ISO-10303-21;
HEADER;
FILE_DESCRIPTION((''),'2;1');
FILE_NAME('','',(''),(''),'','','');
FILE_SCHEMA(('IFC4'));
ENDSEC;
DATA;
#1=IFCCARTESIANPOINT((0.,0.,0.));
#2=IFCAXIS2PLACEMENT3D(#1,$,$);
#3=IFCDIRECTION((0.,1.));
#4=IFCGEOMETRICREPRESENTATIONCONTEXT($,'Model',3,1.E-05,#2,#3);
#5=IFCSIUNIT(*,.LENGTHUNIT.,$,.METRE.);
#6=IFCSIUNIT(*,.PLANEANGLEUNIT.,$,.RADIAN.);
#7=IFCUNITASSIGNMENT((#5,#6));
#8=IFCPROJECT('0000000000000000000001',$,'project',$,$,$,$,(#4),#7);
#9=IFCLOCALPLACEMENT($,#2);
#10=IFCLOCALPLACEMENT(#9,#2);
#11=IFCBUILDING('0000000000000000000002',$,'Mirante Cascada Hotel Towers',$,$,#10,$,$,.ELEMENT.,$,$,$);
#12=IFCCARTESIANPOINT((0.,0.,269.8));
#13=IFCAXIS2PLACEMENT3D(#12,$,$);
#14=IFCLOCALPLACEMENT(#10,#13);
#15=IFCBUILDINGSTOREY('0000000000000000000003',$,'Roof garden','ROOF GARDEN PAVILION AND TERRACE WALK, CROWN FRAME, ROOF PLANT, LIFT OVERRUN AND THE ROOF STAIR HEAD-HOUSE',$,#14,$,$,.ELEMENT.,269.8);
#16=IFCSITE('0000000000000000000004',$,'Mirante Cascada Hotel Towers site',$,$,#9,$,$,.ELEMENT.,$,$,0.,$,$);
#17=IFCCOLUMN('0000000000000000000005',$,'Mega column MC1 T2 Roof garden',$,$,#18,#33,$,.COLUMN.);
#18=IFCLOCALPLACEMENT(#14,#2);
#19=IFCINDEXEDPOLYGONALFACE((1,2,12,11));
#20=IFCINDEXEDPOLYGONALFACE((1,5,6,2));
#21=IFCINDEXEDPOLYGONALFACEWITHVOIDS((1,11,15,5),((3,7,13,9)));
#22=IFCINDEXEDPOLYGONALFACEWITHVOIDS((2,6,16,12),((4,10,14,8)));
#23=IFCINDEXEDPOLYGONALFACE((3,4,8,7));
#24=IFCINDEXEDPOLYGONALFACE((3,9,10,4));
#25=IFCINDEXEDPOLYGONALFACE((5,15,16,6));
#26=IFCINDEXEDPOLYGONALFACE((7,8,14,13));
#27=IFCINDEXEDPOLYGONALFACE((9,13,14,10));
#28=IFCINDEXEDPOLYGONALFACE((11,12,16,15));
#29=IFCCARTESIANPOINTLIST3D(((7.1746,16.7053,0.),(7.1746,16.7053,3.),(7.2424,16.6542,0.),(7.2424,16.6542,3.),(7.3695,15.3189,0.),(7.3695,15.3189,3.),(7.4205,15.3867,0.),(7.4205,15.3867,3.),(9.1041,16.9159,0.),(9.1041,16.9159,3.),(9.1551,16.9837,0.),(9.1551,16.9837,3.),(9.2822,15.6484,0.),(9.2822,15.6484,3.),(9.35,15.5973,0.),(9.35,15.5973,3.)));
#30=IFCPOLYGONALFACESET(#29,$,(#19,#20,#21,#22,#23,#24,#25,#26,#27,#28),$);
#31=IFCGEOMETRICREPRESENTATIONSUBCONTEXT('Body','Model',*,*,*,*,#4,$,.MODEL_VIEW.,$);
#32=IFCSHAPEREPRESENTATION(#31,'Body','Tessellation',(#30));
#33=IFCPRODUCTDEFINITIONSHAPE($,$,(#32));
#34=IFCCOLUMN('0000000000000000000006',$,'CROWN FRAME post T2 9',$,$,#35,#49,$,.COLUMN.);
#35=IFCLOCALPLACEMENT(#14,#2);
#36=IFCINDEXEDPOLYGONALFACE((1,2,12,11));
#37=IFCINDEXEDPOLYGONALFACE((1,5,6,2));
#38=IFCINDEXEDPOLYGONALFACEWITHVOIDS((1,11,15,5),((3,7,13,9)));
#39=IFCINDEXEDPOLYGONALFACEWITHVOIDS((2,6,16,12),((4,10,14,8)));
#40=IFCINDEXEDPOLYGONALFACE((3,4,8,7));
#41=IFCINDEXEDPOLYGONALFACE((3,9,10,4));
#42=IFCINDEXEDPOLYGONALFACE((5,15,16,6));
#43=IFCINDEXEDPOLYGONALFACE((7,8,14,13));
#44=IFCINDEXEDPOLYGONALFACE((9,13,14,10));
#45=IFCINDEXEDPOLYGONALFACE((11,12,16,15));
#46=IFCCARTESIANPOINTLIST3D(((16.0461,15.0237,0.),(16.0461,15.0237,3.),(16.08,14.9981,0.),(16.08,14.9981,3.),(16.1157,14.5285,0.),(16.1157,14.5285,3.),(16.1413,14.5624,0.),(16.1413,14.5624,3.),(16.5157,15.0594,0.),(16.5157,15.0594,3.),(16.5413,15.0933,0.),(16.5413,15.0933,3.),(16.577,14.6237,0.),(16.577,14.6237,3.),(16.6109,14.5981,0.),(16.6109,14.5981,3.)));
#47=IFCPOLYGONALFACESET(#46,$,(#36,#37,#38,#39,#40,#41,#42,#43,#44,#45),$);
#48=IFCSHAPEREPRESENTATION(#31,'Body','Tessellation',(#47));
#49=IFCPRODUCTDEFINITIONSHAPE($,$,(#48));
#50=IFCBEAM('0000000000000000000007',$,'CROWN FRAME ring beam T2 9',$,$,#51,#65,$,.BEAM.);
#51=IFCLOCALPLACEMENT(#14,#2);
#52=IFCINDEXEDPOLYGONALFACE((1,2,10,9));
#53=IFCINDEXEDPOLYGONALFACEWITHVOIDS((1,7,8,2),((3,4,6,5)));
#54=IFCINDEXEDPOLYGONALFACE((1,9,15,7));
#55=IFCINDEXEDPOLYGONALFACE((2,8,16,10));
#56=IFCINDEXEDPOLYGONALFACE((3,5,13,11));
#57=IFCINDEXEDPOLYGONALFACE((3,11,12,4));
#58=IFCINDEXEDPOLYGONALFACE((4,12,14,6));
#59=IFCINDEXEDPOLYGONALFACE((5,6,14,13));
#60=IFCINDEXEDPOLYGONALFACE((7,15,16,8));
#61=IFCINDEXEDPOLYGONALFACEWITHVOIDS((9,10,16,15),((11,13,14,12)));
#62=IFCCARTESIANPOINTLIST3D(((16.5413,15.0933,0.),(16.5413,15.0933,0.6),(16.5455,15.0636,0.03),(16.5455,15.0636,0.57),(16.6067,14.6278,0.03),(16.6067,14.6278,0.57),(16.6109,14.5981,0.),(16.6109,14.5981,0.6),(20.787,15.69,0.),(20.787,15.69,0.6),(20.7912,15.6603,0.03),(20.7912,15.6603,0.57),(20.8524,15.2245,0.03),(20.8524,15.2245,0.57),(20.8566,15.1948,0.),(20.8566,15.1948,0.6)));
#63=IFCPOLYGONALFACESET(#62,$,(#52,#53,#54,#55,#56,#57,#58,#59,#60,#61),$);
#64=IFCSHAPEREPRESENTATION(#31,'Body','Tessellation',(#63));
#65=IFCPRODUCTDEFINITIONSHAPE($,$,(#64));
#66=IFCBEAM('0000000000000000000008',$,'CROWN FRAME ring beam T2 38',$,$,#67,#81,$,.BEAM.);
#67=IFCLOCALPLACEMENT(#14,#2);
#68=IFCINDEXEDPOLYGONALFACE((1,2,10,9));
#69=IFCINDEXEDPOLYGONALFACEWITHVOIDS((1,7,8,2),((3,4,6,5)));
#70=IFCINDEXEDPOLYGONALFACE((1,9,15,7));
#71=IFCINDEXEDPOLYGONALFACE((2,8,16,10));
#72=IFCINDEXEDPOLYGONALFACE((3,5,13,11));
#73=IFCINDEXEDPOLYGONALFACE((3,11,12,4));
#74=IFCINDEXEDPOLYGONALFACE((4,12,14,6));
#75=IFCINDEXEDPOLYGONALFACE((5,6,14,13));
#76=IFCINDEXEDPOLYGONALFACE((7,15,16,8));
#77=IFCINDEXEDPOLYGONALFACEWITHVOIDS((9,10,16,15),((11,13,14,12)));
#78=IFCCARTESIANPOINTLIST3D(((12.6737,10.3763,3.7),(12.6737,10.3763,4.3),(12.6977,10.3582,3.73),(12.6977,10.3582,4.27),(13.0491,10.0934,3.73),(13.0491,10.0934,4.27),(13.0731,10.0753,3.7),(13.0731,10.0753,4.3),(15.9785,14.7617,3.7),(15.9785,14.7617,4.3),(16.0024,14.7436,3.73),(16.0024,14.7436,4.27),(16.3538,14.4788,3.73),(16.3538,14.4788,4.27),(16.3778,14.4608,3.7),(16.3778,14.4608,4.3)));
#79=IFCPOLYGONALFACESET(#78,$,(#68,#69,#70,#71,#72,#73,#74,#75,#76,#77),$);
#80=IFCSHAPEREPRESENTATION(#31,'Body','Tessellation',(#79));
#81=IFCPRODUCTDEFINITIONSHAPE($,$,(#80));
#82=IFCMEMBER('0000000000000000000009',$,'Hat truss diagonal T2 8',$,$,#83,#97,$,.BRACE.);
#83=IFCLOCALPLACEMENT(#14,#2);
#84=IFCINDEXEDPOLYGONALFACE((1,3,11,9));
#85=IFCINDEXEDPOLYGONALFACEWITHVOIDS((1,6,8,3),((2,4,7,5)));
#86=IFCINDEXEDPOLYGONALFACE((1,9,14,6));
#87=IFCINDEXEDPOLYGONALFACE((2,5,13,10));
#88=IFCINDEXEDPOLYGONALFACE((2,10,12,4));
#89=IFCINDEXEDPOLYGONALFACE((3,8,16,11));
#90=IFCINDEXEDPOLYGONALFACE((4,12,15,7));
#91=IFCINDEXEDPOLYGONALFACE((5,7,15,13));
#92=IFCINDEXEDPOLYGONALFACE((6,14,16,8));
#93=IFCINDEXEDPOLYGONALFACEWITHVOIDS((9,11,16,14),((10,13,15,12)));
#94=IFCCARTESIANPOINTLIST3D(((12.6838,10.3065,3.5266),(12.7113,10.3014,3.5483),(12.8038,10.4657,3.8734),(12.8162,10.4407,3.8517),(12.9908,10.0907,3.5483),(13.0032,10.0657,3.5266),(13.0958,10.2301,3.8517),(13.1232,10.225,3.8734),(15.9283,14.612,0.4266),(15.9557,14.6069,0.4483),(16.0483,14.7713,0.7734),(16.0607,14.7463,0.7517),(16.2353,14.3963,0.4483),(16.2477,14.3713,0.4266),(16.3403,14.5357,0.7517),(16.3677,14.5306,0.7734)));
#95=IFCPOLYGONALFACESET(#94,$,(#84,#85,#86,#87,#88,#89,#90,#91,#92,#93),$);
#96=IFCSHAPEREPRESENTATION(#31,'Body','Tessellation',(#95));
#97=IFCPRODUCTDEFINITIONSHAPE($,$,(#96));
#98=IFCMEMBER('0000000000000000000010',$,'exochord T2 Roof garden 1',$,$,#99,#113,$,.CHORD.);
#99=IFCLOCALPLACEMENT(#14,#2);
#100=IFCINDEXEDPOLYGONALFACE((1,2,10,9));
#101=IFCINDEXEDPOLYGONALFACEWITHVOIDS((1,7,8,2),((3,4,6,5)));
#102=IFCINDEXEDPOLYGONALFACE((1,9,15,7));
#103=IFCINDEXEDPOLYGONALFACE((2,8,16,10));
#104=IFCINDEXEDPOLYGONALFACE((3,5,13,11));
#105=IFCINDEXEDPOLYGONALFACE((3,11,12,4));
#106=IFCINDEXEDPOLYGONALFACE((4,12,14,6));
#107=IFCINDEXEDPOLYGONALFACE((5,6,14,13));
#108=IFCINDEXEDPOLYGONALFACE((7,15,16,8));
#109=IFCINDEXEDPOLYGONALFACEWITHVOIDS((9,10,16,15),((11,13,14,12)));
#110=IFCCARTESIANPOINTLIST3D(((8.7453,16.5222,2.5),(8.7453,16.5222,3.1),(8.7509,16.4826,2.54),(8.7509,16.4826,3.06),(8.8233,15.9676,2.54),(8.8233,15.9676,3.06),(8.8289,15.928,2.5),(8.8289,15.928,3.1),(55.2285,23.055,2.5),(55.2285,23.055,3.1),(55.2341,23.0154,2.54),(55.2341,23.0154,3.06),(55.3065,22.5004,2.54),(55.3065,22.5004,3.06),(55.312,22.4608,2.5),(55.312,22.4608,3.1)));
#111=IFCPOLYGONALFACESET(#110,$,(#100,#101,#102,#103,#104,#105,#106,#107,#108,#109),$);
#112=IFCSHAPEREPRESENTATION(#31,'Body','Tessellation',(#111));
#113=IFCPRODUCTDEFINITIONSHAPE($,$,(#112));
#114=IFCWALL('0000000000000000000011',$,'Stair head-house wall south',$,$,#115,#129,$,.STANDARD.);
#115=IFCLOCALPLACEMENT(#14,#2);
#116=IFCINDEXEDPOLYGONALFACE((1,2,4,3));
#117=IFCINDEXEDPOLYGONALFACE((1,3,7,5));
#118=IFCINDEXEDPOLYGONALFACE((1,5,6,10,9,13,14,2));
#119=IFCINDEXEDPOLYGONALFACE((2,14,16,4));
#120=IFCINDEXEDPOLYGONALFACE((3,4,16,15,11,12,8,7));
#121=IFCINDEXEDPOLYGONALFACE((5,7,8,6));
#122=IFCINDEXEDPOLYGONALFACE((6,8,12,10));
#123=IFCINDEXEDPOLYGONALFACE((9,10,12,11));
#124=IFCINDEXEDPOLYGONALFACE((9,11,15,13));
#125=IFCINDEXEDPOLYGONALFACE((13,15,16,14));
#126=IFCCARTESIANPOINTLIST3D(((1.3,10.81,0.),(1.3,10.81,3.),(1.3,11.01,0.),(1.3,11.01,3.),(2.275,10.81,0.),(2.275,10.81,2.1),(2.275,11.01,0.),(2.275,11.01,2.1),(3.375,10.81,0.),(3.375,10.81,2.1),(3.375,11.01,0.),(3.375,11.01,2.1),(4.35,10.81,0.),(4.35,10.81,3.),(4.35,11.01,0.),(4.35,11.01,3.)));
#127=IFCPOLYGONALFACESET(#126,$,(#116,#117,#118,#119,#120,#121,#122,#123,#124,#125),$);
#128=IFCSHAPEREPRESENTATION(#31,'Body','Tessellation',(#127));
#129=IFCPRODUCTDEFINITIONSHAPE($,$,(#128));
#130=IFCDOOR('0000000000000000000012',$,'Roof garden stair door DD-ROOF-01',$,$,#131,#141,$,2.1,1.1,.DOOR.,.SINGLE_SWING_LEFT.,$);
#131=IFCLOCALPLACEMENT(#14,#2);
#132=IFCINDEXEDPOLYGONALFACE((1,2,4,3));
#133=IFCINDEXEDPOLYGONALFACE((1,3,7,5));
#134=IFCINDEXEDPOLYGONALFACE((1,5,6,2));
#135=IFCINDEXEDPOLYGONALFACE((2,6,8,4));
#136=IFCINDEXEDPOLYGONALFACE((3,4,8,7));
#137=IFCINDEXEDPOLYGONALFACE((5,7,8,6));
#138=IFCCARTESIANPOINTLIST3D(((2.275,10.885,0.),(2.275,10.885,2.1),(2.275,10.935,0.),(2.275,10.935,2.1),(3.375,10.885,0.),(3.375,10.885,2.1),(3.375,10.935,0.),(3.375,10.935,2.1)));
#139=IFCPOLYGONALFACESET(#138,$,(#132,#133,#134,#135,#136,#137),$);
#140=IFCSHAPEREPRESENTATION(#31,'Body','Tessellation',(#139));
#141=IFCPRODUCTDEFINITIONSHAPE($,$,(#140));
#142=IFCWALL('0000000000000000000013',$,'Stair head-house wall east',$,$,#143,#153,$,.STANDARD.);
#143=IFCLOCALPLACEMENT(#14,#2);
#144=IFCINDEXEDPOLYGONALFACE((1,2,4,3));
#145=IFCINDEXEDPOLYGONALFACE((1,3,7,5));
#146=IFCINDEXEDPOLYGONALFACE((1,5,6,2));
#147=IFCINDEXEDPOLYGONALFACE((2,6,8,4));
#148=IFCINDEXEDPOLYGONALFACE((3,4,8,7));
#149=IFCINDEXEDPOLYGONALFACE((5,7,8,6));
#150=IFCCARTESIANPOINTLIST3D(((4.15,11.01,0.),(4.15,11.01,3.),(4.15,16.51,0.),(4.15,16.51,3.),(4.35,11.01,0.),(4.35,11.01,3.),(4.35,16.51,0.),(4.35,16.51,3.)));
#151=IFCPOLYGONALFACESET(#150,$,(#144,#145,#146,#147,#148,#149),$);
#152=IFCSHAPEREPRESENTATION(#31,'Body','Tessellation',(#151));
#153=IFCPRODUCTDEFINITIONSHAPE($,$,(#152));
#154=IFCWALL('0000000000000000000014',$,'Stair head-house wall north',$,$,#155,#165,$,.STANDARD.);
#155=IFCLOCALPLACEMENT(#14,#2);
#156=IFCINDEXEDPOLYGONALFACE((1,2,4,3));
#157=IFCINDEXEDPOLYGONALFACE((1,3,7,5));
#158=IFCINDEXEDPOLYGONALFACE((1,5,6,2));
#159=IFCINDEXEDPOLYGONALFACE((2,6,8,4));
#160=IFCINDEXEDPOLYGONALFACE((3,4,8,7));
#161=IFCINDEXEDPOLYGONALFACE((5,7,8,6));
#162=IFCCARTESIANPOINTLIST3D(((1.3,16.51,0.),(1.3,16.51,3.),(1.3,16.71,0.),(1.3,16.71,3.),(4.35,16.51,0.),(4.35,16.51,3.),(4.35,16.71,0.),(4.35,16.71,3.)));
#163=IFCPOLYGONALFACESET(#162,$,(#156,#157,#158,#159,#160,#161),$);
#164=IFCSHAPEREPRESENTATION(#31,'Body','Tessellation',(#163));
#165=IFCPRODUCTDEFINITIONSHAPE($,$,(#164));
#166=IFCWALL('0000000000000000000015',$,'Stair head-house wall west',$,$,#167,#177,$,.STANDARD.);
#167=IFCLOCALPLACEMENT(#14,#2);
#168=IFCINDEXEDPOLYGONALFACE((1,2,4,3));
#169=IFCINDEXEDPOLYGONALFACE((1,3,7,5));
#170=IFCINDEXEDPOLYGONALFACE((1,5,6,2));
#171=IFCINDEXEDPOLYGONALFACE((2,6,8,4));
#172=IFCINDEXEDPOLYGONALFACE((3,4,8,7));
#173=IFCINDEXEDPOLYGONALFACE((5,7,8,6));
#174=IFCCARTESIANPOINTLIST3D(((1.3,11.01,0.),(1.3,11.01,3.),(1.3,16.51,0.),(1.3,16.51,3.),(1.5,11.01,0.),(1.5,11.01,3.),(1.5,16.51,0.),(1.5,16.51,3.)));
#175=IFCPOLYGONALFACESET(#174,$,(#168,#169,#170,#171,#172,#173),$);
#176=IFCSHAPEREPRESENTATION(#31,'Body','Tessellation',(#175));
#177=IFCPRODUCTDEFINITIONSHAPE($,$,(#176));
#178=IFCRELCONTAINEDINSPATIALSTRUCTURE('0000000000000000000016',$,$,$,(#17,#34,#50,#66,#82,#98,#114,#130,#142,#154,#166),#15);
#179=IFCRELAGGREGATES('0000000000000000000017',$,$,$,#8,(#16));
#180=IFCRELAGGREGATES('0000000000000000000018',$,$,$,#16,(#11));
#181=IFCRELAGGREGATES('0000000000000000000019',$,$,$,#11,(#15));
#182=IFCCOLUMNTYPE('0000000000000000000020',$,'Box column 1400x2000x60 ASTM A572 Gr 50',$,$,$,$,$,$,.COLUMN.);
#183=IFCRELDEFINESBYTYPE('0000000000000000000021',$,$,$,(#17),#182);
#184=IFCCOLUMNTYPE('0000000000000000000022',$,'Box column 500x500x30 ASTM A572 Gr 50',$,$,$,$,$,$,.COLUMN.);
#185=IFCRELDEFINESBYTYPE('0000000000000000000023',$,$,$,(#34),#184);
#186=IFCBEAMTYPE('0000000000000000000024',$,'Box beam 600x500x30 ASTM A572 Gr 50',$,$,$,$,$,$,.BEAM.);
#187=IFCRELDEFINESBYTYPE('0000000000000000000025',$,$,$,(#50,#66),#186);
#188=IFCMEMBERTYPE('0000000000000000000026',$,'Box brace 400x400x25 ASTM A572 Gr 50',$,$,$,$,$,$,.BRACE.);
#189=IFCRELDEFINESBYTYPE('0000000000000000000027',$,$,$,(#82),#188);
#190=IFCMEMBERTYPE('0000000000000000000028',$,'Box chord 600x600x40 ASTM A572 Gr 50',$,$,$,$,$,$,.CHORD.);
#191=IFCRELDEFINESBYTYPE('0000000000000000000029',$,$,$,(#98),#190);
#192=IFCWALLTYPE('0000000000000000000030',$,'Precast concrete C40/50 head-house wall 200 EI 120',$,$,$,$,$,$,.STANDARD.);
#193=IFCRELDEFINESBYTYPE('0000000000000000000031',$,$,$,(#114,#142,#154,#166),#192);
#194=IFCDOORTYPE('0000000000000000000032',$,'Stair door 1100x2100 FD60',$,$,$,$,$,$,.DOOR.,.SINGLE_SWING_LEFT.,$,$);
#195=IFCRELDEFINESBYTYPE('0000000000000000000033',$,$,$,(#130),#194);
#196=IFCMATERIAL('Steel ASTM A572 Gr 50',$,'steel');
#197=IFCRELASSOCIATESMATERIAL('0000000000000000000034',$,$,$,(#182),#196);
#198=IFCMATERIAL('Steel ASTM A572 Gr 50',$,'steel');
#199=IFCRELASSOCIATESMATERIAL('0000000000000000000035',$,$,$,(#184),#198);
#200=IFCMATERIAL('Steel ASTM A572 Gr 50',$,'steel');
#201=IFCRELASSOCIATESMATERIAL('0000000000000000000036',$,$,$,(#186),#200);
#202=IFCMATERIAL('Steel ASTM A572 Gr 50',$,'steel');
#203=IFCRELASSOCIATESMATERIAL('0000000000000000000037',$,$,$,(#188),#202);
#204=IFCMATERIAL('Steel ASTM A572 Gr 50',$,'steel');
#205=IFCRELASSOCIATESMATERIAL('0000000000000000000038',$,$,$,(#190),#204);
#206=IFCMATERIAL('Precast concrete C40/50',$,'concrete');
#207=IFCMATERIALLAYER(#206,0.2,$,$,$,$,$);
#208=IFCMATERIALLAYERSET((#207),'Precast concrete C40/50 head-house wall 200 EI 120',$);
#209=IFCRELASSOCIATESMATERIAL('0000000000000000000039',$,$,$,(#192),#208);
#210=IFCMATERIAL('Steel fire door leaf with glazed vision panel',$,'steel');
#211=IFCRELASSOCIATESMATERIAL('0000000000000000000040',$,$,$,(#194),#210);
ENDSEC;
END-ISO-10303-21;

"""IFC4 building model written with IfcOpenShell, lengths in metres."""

from ifc_helpers import new_model, si_unit, direction, frame, frame_2d, origin, origin_2d, place, context, subcontext, project, spatial, rectangle, hollow_rectangle, extrude, material, layer, layer_set, material_profile, profile_set, type_object, element, fill, save


model = new_model("IFC4")

# Units and contexts
model_context = context("Model", 3, precision=1e-05, world=origin(), true_north=direction((0.0, 1.0)))
body_context = subcontext(model_context, "Body", "Model", "MODEL_VIEW")
ifc_project = project(units=[si_unit("LENGTHUNIT", "METRE"), si_unit("PLANEANGLEUNIT", "RADIAN")], contexts=[model_context])

# Site, building, storey
site_placement = place(None, origin())
site = spatial("IfcSite", under=ifc_project, at=site_placement, Name="Mirante Cascada Hotel Towers site", CompositionType="ELEMENT", RefElevation=0.0)
building_placement = place(site_placement, origin())
building = spatial("IfcBuilding", under=site, at=building_placement, Name="Mirante Cascada Hotel Towers", CompositionType="ELEMENT")
storey_placement = place(building_placement, frame((0.0, 0.0, 269.8)))
storey = spatial("IfcBuildingStorey", under=building, at=storey_placement, Name="Roof garden", Description="ROOF GARDEN PAVILION AND TERRACE WALK, CROWN FRAME, ROOF PLANT, LIFT OVERRUN AND THE ROOF STAIR HEAD-HOUSE", CompositionType="ELEMENT", Elevation=269.8)

# Columns
ifc_material_1 = material(Name="Steel ASTM A572 Gr 50", Category="steel")
ifc_material_profile_1 = material_profile(ifc_material_1, hollow_rectangle(XDim=2.0, YDim=1.4, WallThickness=0.06, at=origin_2d()), Name="Box column 1400x2000x60 ASTM A572 Gr 50")
ifc_profile_set_1 = profile_set([ifc_material_profile_1], Name="Steel ASTM A572 Gr 50")
column_type_1 = type_object("IfcColumnType", Name="Box column 1400x2000x60 ASTM A572 Gr 50", PredefinedType="COLUMN", material=ifc_profile_set_1)
column_1_placement = place(storey_placement, frame((8.2623, 16.1513, 0.0), z_axis=(0.0, 0.0, 1.0), x_axis=(0.990268, 0.139173, 0.0)))
element("IfcColumn", 1, at=column_1_placement, inside=storey, type_object=column_type_1, Name="Mega column MC1 T2 Roof garden", PredefinedType="COLUMN", context=body_context, shape_type="SweptSolid", body=[
    extrude(hollow_rectangle(XDim=2.0, YDim=1.4, WallThickness=0.06, at=origin_2d()), origin(), (0.0, 0.0, 1.0), 3.0),
])
ifc_material_2 = material(Name="Steel ASTM A572 Gr 50", Category="steel")
ifc_material_profile_2 = material_profile(ifc_material_2, hollow_rectangle(XDim=0.5, YDim=0.5, WallThickness=0.03, at=origin_2d()), Name="Box column 500x500x30 ASTM A572 Gr 50")
ifc_profile_set_2 = profile_set([ifc_material_profile_2], Name="Steel ASTM A572 Gr 50")
column_type_2 = type_object("IfcColumnType", Name="Box column 500x500x30 ASTM A572 Gr 50", PredefinedType="COLUMN", material=ifc_profile_set_2)
column_2_placement = place(storey_placement, frame((16.3285, 14.8109, 0.0), z_axis=(0.0, 0.0, 1.0), x_axis=(0.990268, 0.139173, 0.0)))
element("IfcColumn", 2, at=column_2_placement, inside=storey, type_object=column_type_2, Name="CROWN FRAME post T2 9", PredefinedType="COLUMN", context=body_context, shape_type="SweptSolid", body=[
    extrude(hollow_rectangle(XDim=0.5, YDim=0.5, WallThickness=0.03, at=origin_2d()), origin(), (0.0, 0.0, 1.0), 3.0),
])

# Beams
ifc_material_3 = material(Name="Steel ASTM A572 Gr 50", Category="steel")
ifc_material_profile_3 = material_profile(ifc_material_3, hollow_rectangle(XDim=0.5, YDim=0.6, WallThickness=0.03, at=origin_2d()), Name="Box beam 600x500x30 ASTM A572 Gr 50")
ifc_profile_set_3 = profile_set([ifc_material_profile_3], Name="Steel ASTM A572 Gr 50")
beam_type = type_object("IfcBeamType", Name="Box beam 600x500x30 ASTM A572 Gr 50", PredefinedType="BEAM", material=ifc_profile_set_3)
beam_1_placement = place(storey_placement, frame((16.5761, 14.8457, 0.3), z_axis=(0.990268, 0.139174, 0.0), x_axis=(-0.139174, 0.990268, 0.0)))
element("IfcBeam", 3, at=beam_1_placement, inside=storey, type_object=beam_type, Name="CROWN FRAME ring beam T2 9", PredefinedType="BEAM", context=body_context, shape_type="SweptSolid", body=[
    extrude(hollow_rectangle(XDim=0.5, YDim=0.6, WallThickness=0.03, at=origin_2d()), origin(), (0.0, 0.0, 1.0), 4.2874),
])
beam_2_placement = place(storey_placement, frame((12.8734, 10.2258, 4.0), z_axis=(0.601823, 0.79863, 0.0), x_axis=(-0.79863, 0.601823, 0.0)))
element("IfcBeam", 4, at=beam_2_placement, inside=storey, type_object=beam_type, Name="CROWN FRAME ring beam T2 38", PredefinedType="BEAM", context=body_context, shape_type="SweptSolid", body=[
    extrude(hollow_rectangle(XDim=0.5, YDim=0.6, WallThickness=0.03, at=origin_2d()), origin(), (0.0, 0.0, 1.0), 5.4912),
])

# Members
ifc_material_4 = material(Name="Steel ASTM A572 Gr 50", Category="steel")
ifc_material_profile_4 = material_profile(ifc_material_4, hollow_rectangle(XDim=0.4, YDim=0.4, WallThickness=0.025, at=origin_2d()), Name="Box brace 400x400x25 ASTM A572 Gr 50")
ifc_profile_set_4 = profile_set([ifc_material_profile_4], Name="Steel ASTM A572 Gr 50")
member_type_1 = type_object("IfcMemberType", Name="Box brace 400x400x25 ASTM A572 Gr 50", PredefinedType="BRACE", material=ifc_profile_set_4)
member_1_placement = place(storey_placement, frame((16.148, 14.5713, 0.6), z_axis=(-0.521714, -0.692339, 0.498479), x_axis=(0.798636, -0.601815, 0.0)))
element("IfcMember", 5, at=member_1_placement, inside=storey, type_object=member_type_1, Name="Hat truss diagonal T2 8", PredefinedType="BRACE", context=body_context, shape_type="SweptSolid", body=[
    extrude(hollow_rectangle(XDim=0.4, YDim=0.4, WallThickness=0.025, at=origin_2d()), origin(), (0.0, 0.0, 1.0), 6.2189),
])
ifc_material_5 = material(Name="Steel ASTM A572 Gr 50", Category="steel")
ifc_material_profile_5 = material_profile(ifc_material_5, hollow_rectangle(XDim=0.6, YDim=0.6, WallThickness=0.04, at=origin_2d()), Name="Box chord 600x600x40 ASTM A572 Gr 50")
ifc_profile_set_5 = profile_set([ifc_material_profile_5], Name="Steel ASTM A572 Gr 50")
member_type_2 = type_object("IfcMemberType", Name="Box chord 600x600x40 ASTM A572 Gr 50", PredefinedType="CHORD", material=ifc_profile_set_5)
member_2_placement = place(storey_placement, frame((8.7871, 16.2251, 2.8), z_axis=(0.990268, 0.139173, 0.0), x_axis=(-0.139173, 0.990268, 0.0)))
element("IfcMember", 6, at=member_2_placement, inside=storey, type_object=member_type_2, Name="exochord T2 Roof garden 1", PredefinedType="CHORD", context=body_context, shape_type="SweptSolid", body=[
    extrude(hollow_rectangle(XDim=0.6, YDim=0.6, WallThickness=0.04, at=origin_2d()), origin(), (0.0, 0.0, 1.0), 46.94),
])

# Wall, opening, door
ifc_material_6 = material(Name="Precast concrete C40/50", Category="concrete")
ifc_layer_1 = layer(ifc_material_6, 0.2)
ifc_layer_set_1 = layer_set([ifc_layer_1], Name="Precast concrete C40/50 head-house wall 200 EI 120")
wall_type_1 = type_object("IfcWallType", Name="Precast concrete C40/50 head-house wall 200 EI 120", PredefinedType="STANDARD", material=ifc_layer_set_1)
wall_1_placement = place(storey_placement, frame((1.3, 10.91, 0.0), z_axis=(0.0, 0.0, 1.0), x_axis=(1.0, 0.0, 0.0)))
wall_1 = element("IfcWall", 7, at=wall_1_placement, inside=storey, type_object=wall_type_1, Name="Stair head-house wall south", PredefinedType="STANDARD", context=body_context, shape_type="SweptSolid", body=[
    extrude(rectangle(XDim=3.05, YDim=0.2, at=frame_2d((1.525, 0.0))), origin(), (0.0, 0.0, 1.0), 3.0),
])
opening_1_placement = place(wall_1_placement, frame((0.975, 0.0, 0.0)))
opening_1 = element("IfcOpeningElement", 8, at=opening_1_placement, cuts=wall_1, PredefinedType="OPENING", context=body_context, shape_type="SweptSolid", body=[
    extrude(rectangle(XDim=1.1, YDim=2.1, at=frame_2d((0.55, 1.05))), frame((0.0, 0.1, 0.0), z_axis=(0.0, -1.0, 0.0), x_axis=(1.0, 0.0, 0.0)), (0.0, 0.0, 1.0), 0.2),
])
ifc_material_7 = material(Name="Steel fire door leaf with glazed vision panel", Category="steel")
door_type_1 = type_object("IfcDoorType", Name="Stair door 1100x2100 FD60", OperationType="SINGLE_SWING_LEFT", PredefinedType="DOOR", material=ifc_material_7)
door_1_placement = place(opening_1_placement, origin())
door_1 = element("IfcDoor", 9, at=door_1_placement, inside=storey, type_object=door_type_1, Name="Roof garden stair door DD-ROOF-01", OperationType="SINGLE_SWING_LEFT", OverallHeight=2.1, OverallWidth=1.1, PredefinedType="DOOR", context=body_context, shape_type="SweptSolid", body=[
    extrude(rectangle(XDim=1.1, YDim=2.1, at=frame_2d((0.55, 1.05))), frame((0.0, 0.025, 0.0), z_axis=(0.0, -1.0, 0.0), x_axis=(1.0, 0.0, 0.0)), (0.0, 0.0, 1.0), 0.05),
])
fill(opening_1, door_1)

# Walls
wall_2_placement = place(storey_placement, frame((4.25, 11.01, 0.0), z_axis=(0.0, 0.0, 1.0), x_axis=(0.0, 1.0, 0.0)))
element("IfcWall", 10, at=wall_2_placement, inside=storey, type_object=wall_type_1, Name="Stair head-house wall east", PredefinedType="STANDARD", context=body_context, shape_type="SweptSolid", body=[
    extrude(rectangle(XDim=5.5, YDim=0.2, at=frame_2d((2.75, 0.0))), origin(), (0.0, 0.0, 1.0), 3.0),
])
wall_3_placement = place(storey_placement, frame((4.35, 16.61, 0.0), z_axis=(0.0, 0.0, 1.0), x_axis=(-1.0, 0.0, 0.0)))
element("IfcWall", 11, at=wall_3_placement, inside=storey, type_object=wall_type_1, Name="Stair head-house wall north", PredefinedType="STANDARD", context=body_context, shape_type="SweptSolid", body=[
    extrude(rectangle(XDim=3.05, YDim=0.2, at=frame_2d((1.525, 0.0))), origin(), (0.0, 0.0, 1.0), 3.0),
])
wall_4_placement = place(storey_placement, frame((1.4, 16.51, 0.0), z_axis=(0.0, 0.0, 1.0), x_axis=(0.0, -1.0, 0.0)))
element("IfcWall", 12, at=wall_4_placement, inside=storey, type_object=wall_type_1, Name="Stair head-house wall west", PredefinedType="STANDARD", context=body_context, shape_type="SweptSolid", body=[
    extrude(rectangle(XDim=5.5, YDim=0.2, at=frame_2d((2.75, 0.0))), origin(), (0.0, 0.0, 1.0), 3.0),
])

save(model, "model.ifc")
